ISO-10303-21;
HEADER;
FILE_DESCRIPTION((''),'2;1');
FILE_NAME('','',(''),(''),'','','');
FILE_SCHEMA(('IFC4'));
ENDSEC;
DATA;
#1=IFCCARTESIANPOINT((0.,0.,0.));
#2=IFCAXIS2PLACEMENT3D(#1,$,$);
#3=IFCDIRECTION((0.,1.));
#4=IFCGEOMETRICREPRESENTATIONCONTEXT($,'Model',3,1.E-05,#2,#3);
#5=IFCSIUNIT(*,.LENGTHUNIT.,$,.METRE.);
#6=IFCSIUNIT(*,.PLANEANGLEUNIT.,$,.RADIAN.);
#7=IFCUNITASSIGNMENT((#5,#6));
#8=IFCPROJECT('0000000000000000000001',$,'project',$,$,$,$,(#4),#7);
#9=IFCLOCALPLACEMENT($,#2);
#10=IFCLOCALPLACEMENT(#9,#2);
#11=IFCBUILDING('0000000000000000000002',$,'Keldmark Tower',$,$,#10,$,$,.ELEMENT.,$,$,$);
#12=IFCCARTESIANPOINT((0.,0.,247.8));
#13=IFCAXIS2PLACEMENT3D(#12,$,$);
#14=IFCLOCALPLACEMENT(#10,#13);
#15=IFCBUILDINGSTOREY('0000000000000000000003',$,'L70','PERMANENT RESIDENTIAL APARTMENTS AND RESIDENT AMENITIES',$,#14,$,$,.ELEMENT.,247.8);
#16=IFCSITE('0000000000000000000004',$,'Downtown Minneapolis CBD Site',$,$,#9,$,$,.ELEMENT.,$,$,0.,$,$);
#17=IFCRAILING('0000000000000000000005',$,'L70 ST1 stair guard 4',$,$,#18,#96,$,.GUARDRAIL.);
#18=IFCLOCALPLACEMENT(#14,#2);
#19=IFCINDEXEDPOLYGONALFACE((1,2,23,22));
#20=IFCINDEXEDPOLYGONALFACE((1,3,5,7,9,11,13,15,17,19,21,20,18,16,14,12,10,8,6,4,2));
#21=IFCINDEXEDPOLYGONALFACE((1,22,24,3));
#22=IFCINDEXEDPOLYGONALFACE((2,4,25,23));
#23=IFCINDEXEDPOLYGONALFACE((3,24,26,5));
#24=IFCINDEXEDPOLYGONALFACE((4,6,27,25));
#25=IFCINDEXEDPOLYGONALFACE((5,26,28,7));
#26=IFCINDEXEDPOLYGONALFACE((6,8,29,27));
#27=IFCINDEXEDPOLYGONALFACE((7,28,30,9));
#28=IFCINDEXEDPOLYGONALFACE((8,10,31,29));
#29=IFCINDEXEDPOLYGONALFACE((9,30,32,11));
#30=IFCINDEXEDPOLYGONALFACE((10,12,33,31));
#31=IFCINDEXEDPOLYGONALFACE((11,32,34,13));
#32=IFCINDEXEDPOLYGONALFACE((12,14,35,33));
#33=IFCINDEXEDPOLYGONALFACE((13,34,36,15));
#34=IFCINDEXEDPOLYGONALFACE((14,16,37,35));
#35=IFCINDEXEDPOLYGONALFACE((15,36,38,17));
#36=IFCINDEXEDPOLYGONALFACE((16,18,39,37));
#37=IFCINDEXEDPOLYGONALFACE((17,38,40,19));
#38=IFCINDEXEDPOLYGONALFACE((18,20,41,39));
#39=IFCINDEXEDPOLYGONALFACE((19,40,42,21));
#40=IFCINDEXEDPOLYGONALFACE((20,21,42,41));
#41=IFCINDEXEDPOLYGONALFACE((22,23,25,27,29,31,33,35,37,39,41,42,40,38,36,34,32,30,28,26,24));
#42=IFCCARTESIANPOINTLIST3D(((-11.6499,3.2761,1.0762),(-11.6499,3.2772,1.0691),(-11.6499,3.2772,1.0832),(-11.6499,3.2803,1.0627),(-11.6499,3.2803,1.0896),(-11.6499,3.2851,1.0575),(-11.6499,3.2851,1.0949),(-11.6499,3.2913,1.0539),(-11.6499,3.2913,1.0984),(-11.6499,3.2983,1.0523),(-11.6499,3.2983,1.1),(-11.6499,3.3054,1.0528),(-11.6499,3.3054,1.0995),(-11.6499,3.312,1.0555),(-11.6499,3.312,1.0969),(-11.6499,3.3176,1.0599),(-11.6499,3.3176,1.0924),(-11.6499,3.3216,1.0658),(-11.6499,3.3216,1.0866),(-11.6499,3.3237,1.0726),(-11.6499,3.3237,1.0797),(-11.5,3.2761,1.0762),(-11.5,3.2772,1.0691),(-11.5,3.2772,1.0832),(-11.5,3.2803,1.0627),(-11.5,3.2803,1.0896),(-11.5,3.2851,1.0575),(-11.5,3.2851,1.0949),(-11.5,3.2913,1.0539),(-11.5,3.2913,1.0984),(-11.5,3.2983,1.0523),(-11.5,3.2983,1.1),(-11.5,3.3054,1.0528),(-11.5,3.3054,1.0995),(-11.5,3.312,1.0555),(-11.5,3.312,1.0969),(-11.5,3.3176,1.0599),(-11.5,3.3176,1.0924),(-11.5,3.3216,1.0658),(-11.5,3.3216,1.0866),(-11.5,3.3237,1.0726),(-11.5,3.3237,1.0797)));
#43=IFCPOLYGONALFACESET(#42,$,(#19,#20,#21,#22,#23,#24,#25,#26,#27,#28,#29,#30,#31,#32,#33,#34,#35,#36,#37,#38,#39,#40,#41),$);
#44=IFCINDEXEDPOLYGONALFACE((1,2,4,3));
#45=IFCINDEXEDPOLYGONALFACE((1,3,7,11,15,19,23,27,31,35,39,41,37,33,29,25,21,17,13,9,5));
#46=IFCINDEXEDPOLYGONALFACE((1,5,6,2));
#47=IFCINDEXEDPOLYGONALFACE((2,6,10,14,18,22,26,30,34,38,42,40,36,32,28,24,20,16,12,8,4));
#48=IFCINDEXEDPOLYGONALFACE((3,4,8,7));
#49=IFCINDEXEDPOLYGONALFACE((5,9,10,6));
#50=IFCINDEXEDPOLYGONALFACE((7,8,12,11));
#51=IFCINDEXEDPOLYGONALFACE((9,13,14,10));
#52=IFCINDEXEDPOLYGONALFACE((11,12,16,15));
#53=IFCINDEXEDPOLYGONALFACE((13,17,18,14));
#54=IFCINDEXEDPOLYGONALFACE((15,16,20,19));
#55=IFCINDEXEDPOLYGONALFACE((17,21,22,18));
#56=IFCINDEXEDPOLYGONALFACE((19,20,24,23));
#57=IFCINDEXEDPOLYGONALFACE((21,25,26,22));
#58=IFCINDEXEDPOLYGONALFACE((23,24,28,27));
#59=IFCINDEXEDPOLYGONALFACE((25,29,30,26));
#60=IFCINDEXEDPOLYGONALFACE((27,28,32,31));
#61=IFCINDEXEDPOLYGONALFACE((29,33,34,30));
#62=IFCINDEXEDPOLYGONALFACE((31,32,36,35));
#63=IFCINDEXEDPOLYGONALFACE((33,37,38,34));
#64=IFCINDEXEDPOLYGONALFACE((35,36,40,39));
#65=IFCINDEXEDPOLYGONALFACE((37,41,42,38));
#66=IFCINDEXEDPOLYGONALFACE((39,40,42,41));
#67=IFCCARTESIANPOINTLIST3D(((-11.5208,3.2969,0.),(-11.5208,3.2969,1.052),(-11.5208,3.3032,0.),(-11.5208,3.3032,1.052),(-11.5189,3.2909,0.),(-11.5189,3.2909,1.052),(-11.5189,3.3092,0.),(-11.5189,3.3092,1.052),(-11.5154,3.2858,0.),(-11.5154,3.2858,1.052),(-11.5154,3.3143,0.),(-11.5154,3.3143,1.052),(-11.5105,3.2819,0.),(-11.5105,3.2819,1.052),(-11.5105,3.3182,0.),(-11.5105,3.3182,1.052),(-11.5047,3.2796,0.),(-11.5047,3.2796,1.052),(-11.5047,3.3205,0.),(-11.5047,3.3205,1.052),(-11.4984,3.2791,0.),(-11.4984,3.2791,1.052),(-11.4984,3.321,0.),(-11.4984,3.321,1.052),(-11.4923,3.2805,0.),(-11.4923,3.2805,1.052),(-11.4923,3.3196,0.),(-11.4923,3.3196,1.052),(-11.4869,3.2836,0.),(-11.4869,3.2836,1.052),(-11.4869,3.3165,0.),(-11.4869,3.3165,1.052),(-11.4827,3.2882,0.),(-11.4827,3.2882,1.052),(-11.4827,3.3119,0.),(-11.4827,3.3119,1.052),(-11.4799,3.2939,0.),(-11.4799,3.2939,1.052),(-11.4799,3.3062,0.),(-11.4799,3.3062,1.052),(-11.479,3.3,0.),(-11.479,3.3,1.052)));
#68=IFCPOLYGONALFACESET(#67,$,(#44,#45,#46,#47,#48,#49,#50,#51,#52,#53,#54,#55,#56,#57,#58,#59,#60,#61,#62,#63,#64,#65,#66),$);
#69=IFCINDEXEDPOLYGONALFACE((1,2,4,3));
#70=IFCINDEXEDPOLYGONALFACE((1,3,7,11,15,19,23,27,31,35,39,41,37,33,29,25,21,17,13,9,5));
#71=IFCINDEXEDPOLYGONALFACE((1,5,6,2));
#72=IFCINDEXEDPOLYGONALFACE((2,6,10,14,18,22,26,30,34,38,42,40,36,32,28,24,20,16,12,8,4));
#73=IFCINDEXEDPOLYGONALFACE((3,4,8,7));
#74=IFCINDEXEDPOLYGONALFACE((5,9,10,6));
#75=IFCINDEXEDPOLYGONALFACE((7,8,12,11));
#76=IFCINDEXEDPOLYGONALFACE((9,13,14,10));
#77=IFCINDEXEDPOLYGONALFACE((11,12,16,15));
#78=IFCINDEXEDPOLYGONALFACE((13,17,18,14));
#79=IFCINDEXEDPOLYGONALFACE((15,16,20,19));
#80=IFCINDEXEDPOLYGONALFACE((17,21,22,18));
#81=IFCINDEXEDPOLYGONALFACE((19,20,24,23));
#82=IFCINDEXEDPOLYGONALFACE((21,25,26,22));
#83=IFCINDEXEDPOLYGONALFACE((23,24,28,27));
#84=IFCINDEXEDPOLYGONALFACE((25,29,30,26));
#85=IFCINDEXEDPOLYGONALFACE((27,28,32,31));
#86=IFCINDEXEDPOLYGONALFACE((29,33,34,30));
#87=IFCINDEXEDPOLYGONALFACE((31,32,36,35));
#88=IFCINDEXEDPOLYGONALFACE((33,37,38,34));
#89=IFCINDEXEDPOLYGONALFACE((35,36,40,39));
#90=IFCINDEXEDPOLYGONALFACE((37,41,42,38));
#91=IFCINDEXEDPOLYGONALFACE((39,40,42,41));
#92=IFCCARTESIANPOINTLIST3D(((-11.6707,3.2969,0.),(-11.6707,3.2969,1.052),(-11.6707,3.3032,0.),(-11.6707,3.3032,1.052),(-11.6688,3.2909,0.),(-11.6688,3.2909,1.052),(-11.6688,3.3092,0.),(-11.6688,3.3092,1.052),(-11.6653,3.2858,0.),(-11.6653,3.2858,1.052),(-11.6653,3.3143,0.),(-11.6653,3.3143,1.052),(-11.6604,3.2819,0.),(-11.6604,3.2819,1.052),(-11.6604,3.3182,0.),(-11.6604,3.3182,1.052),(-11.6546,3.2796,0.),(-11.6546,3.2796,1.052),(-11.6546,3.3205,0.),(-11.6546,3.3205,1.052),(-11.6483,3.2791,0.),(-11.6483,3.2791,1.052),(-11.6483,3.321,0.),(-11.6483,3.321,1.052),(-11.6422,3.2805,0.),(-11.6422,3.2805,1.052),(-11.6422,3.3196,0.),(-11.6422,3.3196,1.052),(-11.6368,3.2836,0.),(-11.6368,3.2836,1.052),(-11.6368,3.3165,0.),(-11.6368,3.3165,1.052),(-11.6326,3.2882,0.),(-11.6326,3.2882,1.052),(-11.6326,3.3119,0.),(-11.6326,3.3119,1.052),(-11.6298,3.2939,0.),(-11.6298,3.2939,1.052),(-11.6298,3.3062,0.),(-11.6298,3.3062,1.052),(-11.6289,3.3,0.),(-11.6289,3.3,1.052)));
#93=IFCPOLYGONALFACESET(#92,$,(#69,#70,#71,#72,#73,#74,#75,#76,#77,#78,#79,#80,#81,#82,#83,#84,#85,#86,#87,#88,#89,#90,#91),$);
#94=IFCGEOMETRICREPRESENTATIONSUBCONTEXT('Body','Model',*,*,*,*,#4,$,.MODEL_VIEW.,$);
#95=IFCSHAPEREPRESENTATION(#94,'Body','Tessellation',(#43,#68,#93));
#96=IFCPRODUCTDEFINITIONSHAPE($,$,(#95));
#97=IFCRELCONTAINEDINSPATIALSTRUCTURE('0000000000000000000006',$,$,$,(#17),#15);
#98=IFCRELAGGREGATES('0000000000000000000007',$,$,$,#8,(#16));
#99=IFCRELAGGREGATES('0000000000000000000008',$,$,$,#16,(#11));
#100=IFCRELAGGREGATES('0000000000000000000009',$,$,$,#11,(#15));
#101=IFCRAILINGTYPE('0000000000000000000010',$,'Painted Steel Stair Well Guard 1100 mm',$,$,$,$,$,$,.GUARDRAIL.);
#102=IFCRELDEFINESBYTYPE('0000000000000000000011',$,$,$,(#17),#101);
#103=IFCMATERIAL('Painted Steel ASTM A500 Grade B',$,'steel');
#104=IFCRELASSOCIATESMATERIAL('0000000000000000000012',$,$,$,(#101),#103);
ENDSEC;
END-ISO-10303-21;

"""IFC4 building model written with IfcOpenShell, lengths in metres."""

from ifc_helpers import new_model, si_unit, direction, frame, origin, origin_2d, place, context, subcontext, project, spatial, circle, extrude, material, type_object, element, save


model = new_model("IFC4")

# Units and contexts
model_context = context("Model", 3, precision=1e-05, world=origin(), true_north=direction((0.0, 1.0)))
body_context = subcontext(model_context, "Body", "Model", "MODEL_VIEW")
ifc_project = project(units=[si_unit("LENGTHUNIT", "METRE"), si_unit("PLANEANGLEUNIT", "RADIAN")], contexts=[model_context])

# Site, building, storey
site_placement = place(None, origin())
site = spatial("IfcSite", under=ifc_project, at=site_placement, Name="Downtown Minneapolis CBD Site", CompositionType="ELEMENT", RefElevation=0.0)
building_placement = place(site_placement, origin())
building = spatial("IfcBuilding", under=site, at=building_placement, Name="Keldmark Tower", CompositionType="ELEMENT")
storey_placement = place(building_placement, frame((0.0, 0.0, 247.8)))
storey = spatial("IfcBuildingStorey", under=building, at=storey_placement, Name="L70", Description="PERMANENT RESIDENTIAL APARTMENTS AND RESIDENT AMENITIES", CompositionType="ELEMENT", Elevation=247.8)

# Railing
ifc_material_1 = material(Name="Painted Steel ASTM A500 Grade B", Category="steel")
railing_type_1 = type_object("IfcRailingType", Name="Painted Steel Stair Well Guard 1100 mm", PredefinedType="GUARDRAIL", material=ifc_material_1)
railing_1_placement = place(storey_placement, frame((-11.5, 3.3, 0.0)))
element("IfcRailing", 1, at=railing_1_placement, inside=storey, type_object=railing_type_1, Name="L70 ST1 stair guard 4", PredefinedType="GUARDRAIL", context=body_context, shape_type="SweptSolid", body=[
    extrude(circle(Radius=0.0239, at=origin_2d()), frame((0.0, 0.0, 1.0762), z_axis=(-1.0, 0.0, 0.0), x_axis=(0.0, -1.0, 0.0)), (0.0, 0.0, 1.0), 0.1499),
    extrude(circle(Radius=0.021, at=origin_2d()), origin(), (0.0, 0.0, 1.0), 1.052),
    extrude(circle(Radius=0.021, at=origin_2d()), frame((-0.1499, 0.0, 0.0)), (0.0, 0.0, 1.0), 1.052),
])

save(model, "model.ifc")
